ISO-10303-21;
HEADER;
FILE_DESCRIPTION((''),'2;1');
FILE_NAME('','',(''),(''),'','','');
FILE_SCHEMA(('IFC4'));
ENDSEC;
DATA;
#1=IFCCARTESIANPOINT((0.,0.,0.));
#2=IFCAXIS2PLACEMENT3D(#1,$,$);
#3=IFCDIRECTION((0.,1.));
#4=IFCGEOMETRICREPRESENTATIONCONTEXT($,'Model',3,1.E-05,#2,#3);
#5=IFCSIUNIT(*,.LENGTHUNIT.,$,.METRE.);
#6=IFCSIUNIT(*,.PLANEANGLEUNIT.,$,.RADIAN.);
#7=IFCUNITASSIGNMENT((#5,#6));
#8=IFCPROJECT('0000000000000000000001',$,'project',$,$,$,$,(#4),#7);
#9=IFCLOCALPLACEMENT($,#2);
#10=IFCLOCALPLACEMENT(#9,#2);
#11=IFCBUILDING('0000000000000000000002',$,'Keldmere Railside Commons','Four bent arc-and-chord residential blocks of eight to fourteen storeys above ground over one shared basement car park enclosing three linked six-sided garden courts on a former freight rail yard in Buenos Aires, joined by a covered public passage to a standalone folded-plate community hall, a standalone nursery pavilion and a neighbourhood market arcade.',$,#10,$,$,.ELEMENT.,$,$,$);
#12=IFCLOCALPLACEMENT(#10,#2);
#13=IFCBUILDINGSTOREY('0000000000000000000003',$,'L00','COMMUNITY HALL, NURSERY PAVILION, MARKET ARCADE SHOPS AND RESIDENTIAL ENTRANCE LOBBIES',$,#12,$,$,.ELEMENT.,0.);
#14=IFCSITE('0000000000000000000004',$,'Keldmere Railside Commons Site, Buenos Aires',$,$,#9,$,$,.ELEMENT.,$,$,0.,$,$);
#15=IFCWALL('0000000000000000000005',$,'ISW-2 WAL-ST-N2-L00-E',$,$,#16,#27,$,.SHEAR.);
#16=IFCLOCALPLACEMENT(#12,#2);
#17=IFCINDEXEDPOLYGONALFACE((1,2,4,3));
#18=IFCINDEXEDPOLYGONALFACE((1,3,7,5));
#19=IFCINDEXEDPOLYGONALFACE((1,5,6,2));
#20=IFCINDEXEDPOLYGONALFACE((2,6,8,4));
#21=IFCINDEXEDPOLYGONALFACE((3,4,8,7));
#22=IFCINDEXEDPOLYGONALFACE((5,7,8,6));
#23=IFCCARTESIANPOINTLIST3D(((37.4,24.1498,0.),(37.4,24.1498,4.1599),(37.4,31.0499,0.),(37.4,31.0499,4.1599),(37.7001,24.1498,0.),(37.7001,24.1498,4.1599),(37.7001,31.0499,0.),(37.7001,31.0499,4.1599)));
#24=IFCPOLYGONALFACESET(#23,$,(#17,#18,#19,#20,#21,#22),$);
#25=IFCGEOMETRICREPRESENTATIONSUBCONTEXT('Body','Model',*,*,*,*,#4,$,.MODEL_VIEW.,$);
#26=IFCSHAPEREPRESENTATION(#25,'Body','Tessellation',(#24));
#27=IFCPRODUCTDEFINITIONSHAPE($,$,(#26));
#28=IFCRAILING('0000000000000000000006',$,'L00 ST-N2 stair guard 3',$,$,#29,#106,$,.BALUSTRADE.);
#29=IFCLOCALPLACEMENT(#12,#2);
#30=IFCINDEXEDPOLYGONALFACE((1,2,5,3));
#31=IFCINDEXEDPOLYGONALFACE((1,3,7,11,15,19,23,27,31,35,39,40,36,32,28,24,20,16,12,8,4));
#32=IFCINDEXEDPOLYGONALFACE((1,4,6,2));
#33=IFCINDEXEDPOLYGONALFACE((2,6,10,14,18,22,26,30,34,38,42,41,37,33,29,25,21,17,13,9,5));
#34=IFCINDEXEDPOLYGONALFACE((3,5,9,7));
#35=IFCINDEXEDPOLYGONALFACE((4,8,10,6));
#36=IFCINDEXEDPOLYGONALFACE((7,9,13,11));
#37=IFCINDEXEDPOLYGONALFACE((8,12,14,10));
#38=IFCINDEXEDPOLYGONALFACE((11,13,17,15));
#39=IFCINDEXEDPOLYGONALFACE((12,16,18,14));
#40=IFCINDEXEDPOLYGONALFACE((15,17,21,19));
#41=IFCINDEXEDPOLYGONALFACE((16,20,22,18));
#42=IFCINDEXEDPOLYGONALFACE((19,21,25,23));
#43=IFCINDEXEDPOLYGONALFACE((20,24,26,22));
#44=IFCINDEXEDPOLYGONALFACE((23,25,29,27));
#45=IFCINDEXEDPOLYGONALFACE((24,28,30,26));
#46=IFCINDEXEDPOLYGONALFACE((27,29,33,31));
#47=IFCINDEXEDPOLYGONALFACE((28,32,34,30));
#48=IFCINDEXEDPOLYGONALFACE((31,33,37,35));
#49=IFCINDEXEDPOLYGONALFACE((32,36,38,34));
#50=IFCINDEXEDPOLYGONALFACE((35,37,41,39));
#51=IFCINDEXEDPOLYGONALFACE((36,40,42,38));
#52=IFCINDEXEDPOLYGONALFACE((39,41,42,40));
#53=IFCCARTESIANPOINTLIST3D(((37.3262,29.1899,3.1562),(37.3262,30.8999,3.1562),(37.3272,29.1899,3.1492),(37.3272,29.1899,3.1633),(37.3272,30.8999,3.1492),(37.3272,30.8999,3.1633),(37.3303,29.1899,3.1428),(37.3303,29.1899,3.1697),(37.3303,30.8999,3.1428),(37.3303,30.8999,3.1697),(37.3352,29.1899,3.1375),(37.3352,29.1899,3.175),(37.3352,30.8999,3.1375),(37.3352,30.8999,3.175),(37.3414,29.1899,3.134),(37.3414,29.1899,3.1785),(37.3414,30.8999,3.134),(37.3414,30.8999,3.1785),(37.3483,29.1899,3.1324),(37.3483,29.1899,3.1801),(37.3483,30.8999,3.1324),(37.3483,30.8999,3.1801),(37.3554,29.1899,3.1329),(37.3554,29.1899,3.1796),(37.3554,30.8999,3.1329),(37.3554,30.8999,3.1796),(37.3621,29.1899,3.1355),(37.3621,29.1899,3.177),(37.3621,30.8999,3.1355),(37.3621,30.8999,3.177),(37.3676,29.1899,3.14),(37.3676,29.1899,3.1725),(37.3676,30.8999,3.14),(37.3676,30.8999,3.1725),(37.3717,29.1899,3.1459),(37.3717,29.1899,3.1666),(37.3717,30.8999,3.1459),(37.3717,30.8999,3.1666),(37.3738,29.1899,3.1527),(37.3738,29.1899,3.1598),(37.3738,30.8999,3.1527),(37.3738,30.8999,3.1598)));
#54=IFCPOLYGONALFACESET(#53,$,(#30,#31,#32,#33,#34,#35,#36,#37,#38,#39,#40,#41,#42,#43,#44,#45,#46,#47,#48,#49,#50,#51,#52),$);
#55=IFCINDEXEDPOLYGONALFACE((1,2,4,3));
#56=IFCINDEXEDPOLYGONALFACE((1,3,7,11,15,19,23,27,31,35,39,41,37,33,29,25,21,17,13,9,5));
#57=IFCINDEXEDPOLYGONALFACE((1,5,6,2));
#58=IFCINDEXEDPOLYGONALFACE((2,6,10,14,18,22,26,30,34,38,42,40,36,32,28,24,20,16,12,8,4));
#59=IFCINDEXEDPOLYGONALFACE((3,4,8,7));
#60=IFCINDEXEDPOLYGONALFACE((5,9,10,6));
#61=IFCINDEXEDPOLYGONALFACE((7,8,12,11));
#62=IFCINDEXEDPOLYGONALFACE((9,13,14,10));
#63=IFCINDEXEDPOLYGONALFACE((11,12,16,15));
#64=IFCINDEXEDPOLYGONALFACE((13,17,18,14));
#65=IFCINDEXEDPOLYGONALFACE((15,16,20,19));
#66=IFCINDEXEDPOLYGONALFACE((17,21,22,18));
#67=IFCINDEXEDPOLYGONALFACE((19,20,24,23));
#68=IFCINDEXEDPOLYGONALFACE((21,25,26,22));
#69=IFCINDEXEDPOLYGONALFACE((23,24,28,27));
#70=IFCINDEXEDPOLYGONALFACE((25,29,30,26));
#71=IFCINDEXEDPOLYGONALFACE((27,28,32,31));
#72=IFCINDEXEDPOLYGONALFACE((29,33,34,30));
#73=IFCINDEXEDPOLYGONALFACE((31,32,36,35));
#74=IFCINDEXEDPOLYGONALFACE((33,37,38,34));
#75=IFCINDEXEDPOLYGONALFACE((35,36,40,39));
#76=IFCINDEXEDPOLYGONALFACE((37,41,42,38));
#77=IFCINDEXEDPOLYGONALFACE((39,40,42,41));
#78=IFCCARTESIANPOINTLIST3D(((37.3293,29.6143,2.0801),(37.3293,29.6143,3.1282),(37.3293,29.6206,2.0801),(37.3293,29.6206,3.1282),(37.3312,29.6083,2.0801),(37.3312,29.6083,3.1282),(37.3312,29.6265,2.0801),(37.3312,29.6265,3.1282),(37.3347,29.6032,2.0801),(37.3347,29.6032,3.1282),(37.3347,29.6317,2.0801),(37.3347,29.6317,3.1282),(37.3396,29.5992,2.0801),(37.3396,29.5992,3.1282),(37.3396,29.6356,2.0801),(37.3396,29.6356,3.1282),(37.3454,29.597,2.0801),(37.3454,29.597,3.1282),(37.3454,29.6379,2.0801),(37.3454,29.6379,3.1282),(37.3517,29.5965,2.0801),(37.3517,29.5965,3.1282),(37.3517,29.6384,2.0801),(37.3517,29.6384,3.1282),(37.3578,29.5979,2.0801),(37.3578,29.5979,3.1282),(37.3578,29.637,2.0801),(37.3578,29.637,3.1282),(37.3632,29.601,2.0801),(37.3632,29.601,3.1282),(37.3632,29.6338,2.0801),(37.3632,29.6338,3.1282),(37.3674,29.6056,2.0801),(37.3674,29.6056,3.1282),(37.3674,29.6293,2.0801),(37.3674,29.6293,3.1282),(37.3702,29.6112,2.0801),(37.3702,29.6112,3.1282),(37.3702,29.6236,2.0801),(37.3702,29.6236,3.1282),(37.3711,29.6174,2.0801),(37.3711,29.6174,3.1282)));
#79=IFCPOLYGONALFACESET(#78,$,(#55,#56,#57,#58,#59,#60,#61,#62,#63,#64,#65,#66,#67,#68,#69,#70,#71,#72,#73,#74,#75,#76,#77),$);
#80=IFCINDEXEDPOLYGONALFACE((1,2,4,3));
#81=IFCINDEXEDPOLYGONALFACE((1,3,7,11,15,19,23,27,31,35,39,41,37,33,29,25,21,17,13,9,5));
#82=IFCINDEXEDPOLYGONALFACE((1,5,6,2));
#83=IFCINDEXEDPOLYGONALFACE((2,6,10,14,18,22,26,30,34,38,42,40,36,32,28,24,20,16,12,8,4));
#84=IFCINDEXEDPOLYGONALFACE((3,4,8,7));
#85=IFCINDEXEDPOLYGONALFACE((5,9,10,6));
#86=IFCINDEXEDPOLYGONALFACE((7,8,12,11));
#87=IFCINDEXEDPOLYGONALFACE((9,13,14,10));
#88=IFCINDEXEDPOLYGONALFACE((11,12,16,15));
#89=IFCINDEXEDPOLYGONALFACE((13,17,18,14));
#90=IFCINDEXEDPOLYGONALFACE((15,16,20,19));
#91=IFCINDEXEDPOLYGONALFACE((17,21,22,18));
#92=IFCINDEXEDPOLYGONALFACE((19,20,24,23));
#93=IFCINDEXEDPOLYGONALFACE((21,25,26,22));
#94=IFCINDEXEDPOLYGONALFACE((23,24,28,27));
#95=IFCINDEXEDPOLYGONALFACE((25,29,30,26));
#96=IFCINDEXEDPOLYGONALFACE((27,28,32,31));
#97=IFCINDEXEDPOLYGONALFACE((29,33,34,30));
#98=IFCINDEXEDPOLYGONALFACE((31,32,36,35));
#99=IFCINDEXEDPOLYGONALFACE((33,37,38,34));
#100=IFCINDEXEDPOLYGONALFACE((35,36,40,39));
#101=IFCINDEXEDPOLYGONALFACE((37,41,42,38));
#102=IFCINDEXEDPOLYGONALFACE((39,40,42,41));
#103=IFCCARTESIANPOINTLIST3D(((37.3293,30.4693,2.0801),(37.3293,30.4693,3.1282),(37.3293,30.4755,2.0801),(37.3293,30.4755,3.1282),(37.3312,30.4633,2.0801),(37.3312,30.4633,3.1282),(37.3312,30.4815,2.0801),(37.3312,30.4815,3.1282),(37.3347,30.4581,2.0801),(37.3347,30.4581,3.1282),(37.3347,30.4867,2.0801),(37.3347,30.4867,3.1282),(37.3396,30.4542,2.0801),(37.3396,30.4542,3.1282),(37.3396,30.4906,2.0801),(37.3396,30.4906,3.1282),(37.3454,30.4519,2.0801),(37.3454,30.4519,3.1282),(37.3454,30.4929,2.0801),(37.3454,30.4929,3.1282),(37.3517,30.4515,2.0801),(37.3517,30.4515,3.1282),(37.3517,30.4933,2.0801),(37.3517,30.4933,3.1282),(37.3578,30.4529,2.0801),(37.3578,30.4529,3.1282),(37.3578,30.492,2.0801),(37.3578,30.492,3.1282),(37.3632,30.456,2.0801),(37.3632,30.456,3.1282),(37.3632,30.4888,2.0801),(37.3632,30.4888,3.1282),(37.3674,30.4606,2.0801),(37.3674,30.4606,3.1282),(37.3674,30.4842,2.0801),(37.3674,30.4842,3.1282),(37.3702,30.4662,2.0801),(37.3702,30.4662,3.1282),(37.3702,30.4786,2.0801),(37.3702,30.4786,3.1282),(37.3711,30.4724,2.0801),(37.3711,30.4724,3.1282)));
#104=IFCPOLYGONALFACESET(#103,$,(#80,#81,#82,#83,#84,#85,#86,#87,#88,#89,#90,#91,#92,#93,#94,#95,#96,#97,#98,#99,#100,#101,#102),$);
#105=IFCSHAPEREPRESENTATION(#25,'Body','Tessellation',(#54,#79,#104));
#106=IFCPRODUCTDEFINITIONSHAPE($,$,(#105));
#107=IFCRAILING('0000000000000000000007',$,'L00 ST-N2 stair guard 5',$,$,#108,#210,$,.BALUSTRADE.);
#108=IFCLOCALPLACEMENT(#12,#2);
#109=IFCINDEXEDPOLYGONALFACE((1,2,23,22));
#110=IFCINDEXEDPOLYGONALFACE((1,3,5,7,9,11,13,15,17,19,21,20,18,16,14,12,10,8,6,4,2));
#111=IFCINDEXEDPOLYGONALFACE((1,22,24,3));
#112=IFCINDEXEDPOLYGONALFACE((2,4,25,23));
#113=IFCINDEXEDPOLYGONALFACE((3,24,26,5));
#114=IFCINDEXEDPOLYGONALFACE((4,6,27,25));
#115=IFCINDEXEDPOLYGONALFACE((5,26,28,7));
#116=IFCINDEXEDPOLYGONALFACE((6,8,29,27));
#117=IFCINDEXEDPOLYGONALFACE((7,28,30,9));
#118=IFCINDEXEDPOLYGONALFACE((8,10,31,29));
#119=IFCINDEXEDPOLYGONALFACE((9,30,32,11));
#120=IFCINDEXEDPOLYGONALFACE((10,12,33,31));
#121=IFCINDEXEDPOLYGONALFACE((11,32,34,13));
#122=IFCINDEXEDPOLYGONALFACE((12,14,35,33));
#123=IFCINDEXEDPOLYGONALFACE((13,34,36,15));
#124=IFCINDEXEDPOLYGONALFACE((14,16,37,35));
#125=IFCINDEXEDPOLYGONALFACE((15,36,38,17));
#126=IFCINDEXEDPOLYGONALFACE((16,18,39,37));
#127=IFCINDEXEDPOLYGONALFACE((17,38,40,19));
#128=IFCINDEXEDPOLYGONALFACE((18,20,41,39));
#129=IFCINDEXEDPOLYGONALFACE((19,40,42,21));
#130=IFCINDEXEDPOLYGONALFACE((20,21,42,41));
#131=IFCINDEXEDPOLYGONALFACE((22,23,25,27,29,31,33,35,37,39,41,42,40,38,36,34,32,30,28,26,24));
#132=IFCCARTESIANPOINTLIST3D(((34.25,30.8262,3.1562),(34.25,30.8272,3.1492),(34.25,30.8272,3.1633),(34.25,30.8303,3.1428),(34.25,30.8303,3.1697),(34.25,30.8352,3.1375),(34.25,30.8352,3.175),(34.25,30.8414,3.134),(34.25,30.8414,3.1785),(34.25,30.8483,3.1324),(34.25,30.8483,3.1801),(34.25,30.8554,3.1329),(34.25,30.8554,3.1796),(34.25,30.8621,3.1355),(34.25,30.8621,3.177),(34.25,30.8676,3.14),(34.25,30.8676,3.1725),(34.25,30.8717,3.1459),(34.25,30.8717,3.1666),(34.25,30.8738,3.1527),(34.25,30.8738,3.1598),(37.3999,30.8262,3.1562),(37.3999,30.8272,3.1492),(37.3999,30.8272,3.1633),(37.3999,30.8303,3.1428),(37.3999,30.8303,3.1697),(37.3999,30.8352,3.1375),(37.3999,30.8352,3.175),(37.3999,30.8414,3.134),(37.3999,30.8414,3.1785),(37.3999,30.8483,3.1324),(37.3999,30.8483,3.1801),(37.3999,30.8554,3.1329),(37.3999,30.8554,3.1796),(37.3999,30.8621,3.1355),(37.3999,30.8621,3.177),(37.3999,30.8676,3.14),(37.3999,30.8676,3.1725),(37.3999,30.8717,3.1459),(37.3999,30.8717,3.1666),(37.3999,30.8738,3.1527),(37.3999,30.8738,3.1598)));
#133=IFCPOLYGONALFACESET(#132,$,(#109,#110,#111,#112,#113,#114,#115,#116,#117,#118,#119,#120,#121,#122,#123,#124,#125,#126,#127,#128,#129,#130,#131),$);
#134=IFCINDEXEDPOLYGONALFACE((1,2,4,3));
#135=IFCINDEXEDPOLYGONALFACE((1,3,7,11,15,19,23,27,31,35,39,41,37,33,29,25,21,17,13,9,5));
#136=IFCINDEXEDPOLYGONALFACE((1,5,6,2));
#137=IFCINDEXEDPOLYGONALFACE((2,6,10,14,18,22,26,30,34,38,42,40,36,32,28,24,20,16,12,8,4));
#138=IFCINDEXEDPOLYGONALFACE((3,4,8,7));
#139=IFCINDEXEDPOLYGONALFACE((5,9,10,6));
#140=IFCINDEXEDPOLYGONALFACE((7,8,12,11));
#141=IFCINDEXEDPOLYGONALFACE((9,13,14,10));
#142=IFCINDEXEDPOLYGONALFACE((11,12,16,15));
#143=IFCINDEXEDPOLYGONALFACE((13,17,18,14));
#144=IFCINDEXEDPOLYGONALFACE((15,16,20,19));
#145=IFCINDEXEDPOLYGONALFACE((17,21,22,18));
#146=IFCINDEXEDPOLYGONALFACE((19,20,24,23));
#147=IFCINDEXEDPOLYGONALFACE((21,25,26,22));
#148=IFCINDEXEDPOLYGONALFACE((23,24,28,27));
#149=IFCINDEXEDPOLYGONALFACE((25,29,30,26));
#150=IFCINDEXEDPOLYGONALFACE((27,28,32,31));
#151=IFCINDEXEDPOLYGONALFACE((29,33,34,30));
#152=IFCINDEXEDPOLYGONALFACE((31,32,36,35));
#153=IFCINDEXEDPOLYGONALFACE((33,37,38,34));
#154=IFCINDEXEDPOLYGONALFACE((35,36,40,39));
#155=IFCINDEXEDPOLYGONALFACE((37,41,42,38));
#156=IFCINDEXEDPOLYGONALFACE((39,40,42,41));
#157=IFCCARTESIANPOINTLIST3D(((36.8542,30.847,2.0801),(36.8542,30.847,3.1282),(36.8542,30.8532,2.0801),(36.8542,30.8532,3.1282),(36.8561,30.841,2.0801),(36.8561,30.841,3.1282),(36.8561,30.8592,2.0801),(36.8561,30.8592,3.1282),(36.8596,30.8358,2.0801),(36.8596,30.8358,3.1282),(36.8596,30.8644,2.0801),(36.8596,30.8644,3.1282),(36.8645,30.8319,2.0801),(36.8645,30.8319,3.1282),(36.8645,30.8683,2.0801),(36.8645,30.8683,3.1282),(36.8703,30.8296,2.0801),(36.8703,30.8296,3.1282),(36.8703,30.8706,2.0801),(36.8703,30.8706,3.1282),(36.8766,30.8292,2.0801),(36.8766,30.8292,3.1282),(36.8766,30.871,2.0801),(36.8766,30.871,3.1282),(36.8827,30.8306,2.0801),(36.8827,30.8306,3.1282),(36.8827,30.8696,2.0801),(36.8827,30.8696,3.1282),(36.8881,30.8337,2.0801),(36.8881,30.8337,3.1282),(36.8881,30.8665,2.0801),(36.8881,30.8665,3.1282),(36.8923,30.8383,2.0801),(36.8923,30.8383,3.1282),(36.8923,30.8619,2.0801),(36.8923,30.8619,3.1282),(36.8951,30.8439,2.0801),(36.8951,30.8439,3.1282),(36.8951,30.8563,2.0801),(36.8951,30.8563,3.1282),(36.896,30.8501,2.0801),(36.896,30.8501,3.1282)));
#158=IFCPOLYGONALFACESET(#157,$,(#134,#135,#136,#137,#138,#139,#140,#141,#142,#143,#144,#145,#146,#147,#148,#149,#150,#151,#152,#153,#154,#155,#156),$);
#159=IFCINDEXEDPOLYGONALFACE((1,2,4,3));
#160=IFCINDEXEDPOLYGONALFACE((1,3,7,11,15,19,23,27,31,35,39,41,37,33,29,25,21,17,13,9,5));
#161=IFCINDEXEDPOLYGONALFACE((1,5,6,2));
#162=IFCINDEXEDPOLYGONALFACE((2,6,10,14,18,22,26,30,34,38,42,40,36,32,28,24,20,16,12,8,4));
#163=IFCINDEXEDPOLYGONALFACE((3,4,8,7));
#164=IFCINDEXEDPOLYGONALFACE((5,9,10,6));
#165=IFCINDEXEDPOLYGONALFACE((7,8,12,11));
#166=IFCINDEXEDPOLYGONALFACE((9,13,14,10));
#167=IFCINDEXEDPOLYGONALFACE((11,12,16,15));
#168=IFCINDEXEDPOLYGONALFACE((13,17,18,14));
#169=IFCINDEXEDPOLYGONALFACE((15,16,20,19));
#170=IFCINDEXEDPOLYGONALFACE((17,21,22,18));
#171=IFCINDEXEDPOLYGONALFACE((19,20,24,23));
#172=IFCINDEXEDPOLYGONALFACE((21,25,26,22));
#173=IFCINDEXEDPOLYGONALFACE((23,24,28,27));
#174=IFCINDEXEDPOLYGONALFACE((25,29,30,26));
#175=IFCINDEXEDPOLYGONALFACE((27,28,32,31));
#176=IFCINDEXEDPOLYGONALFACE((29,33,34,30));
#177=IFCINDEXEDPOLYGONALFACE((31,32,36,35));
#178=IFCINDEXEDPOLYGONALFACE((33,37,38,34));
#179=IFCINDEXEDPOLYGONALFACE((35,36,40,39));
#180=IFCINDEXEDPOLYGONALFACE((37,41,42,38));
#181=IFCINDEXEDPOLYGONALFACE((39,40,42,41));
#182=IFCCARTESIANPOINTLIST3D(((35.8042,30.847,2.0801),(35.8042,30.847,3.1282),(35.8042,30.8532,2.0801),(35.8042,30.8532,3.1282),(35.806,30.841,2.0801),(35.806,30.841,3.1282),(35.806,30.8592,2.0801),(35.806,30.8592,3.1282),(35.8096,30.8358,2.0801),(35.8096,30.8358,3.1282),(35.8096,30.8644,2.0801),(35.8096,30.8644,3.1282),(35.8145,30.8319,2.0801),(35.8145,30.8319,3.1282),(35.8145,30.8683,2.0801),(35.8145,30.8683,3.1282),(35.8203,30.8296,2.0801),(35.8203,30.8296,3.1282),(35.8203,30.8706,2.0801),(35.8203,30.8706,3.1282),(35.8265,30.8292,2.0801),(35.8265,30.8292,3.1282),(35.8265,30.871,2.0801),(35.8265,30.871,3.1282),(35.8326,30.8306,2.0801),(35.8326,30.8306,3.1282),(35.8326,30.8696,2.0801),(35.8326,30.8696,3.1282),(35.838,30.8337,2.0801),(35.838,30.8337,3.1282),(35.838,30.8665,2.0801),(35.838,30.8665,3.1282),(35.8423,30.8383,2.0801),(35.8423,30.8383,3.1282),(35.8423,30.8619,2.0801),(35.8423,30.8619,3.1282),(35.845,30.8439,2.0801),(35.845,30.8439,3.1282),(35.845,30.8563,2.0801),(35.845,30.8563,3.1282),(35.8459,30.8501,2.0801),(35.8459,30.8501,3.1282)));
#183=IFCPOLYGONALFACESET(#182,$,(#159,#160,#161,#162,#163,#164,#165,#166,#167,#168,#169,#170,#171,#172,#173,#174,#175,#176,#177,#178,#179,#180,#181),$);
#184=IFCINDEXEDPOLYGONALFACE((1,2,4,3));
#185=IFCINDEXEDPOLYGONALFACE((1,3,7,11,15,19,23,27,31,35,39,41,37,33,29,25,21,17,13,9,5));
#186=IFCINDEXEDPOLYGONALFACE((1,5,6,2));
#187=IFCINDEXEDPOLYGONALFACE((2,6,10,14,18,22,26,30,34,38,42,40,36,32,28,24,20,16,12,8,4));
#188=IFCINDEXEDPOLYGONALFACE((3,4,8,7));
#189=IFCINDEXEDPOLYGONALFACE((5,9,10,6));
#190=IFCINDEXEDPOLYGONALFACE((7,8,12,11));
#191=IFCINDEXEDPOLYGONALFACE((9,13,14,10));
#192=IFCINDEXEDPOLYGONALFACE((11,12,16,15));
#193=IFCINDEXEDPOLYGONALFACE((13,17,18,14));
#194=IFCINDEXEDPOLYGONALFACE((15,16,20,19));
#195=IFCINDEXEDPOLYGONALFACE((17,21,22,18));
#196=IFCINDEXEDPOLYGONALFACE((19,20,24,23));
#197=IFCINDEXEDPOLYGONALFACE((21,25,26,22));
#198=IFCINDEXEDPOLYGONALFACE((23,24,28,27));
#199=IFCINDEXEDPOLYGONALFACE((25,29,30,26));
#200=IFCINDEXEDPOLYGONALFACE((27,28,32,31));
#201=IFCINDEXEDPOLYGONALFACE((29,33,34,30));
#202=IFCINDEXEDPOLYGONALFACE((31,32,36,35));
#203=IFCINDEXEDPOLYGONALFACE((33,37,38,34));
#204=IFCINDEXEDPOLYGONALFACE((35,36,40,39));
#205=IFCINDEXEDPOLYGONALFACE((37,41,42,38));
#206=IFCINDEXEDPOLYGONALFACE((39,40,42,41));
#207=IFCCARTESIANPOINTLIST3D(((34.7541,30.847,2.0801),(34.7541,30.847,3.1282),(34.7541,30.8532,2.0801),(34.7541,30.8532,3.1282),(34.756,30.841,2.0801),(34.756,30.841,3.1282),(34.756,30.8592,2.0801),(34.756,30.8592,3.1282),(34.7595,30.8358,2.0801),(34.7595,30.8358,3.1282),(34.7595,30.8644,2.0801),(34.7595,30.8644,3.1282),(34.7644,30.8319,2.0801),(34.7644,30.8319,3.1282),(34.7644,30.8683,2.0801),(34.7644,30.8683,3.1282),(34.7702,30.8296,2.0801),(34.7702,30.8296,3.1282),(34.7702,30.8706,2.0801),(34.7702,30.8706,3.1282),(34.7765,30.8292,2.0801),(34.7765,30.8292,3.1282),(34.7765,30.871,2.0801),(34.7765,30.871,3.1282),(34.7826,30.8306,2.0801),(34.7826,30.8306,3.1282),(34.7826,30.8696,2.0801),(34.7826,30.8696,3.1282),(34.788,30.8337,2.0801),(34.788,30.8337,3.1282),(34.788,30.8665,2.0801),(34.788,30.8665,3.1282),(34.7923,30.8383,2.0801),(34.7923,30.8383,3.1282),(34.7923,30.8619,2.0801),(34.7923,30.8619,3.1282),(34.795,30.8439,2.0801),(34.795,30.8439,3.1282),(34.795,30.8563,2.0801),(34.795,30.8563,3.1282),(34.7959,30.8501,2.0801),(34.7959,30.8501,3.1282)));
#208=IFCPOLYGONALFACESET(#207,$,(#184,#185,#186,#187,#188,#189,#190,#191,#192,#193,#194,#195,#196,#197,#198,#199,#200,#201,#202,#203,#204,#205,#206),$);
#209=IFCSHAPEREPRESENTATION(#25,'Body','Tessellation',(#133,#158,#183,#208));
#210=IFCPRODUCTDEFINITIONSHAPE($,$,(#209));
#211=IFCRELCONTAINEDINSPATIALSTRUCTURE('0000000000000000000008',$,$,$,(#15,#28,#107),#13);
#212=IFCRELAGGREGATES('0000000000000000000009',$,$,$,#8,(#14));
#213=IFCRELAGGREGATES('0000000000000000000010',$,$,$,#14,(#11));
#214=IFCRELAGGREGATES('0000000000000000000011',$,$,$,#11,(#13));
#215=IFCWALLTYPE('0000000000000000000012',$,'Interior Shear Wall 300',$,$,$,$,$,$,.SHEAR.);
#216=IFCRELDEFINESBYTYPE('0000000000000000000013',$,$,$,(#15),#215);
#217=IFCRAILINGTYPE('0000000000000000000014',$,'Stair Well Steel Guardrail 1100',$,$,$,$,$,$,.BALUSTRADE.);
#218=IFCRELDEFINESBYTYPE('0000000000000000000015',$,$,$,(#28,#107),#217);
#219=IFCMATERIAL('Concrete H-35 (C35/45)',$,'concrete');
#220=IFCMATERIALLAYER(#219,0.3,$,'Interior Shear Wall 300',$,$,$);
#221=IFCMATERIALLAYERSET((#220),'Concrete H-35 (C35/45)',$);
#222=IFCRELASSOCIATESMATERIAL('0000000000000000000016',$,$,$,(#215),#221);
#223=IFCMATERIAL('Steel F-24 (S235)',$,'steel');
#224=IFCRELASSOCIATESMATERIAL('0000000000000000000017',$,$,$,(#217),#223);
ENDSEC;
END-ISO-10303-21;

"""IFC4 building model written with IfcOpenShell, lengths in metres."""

from ifc_helpers import new_model, si_unit, direction, frame, frame_2d, origin, origin_2d, place, context, subcontext, project, spatial, rectangle, circle, extrude, material, layer, layer_set, type_object, element, save


model = new_model("IFC4")

# Units and contexts
model_context = context("Model", 3, precision=1e-05, world=origin(), true_north=direction((0.0, 1.0)))
body_context = subcontext(model_context, "Body", "Model", "MODEL_VIEW")
ifc_project = project(units=[si_unit("LENGTHUNIT", "METRE"), si_unit("PLANEANGLEUNIT", "RADIAN")], contexts=[model_context])

# Site, building, storey
site_placement = place(None, origin())
site = spatial("IfcSite", under=ifc_project, at=site_placement, Name="Keldmere Railside Commons Site, Buenos Aires", CompositionType="ELEMENT", RefElevation=0.0)
building_placement = place(site_placement, origin())
building = spatial("IfcBuilding", under=site, at=building_placement, Name="Keldmere Railside Commons", Description="Four bent arc-and-chord residential blocks of eight to fourteen storeys above ground over one shared basement car park enclosing three linked six-sided garden courts on a former freight rail yard in Buenos Aires, joined by a covered public passage to a standalone folded-plate community hall, a standalone nursery pavilion and a neighbourhood market arcade.", CompositionType="ELEMENT")
storey_placement = place(building_placement, origin())
storey = spatial("IfcBuildingStorey", under=building, at=storey_placement, Name="L00", Description="COMMUNITY HALL, NURSERY PAVILION, MARKET ARCADE SHOPS AND RESIDENTIAL ENTRANCE LOBBIES", CompositionType="ELEMENT", Elevation=0.0)

# Shared definitions
ifc_material_1 = material(Name="Concrete H-35 (C35/45)", Category="concrete")

# Shared definitions
ifc_material_2 = material(Name="Steel F-24 (S235)", Category="steel")

# Wall
ifc_layer_1 = layer(ifc_material_1, 0.3, Name="Interior Shear Wall 300")
ifc_layer_set_1 = layer_set([ifc_layer_1], Name="Concrete H-35 (C35/45)")
wall_type_1 = type_object("IfcWallType", Name="Interior Shear Wall 300", PredefinedType="SHEAR", material=ifc_layer_set_1)
wall_1_placement = place(storey_placement, frame((37.55, 31.05, 0.0), z_axis=(0.0, 0.0, 1.0), x_axis=(0.0, -1.0, 0.0)))
element("IfcWall", 1, at=wall_1_placement, inside=storey, type_object=wall_type_1, Name="ISW-2 WAL-ST-N2-L00-E", PredefinedType="SHEAR", context=body_context, shape_type="SweptSolid", body=[
    extrude(rectangle(XDim=6.9001, YDim=0.3, at=frame_2d((3.4502, 0.0))), origin(), (0.0, 0.0, 1.0), 4.1599),
])

# Railings
railing_type_1 = type_object("IfcRailingType", Name="Stair Well Steel Guardrail 1100", PredefinedType="BALUSTRADE", material=ifc_material_2)
railing_1_placement = place(storey_placement, frame((37.3501, 29.1899, 2.0801)))
element("IfcRailing", 2, at=railing_1_placement, inside=storey, type_object=railing_type_1, Name="L00 ST-N2 stair guard 3", PredefinedType="BALUSTRADE", context=body_context, shape_type="SweptSolid", body=[
    extrude(circle(Radius=0.0239, at=origin_2d()), frame((0.0, 0.0, 1.0762), z_axis=(0.0, 1.0, 0.0), x_axis=(-1.0, 0.0, 0.0)), (0.0, 0.0, 1.0), 1.71),
    extrude(circle(Radius=0.021, at=origin_2d()), frame((0.0, 0.4275, 0.0)), (0.0, 0.0, 1.0), 1.0481),
    extrude(circle(Radius=0.021, at=origin_2d()), frame((0.0, 1.2825, 0.0)), (0.0, 0.0, 1.0), 1.0481),
])
railing_2_placement = place(storey_placement, frame((37.3999, 30.8501, 2.0801)))
element("IfcRailing", 3, at=railing_2_placement, inside=storey, type_object=railing_type_1, Name="L00 ST-N2 stair guard 5", PredefinedType="BALUSTRADE", context=body_context, shape_type="SweptSolid", body=[
    extrude(circle(Radius=0.0239, at=origin_2d()), frame((0.0, 0.0, 1.0762), z_axis=(-1.0, 0.0, 0.0), x_axis=(0.0, -1.0, 0.0)), (0.0, 0.0, 1.0), 3.1499),
    extrude(circle(Radius=0.021, at=origin_2d()), frame((-0.5249, 0.0, 0.0)), (0.0, 0.0, 1.0), 1.0481),
    extrude(circle(Radius=0.021, at=origin_2d()), frame((-1.575, 0.0, 0.0)), (0.0, 0.0, 1.0), 1.0481),
    extrude(circle(Radius=0.021, at=origin_2d()), frame((-2.625, 0.0, 0.0)), (0.0, 0.0, 1.0), 1.0481),
])

save(model, "model.ifc")
